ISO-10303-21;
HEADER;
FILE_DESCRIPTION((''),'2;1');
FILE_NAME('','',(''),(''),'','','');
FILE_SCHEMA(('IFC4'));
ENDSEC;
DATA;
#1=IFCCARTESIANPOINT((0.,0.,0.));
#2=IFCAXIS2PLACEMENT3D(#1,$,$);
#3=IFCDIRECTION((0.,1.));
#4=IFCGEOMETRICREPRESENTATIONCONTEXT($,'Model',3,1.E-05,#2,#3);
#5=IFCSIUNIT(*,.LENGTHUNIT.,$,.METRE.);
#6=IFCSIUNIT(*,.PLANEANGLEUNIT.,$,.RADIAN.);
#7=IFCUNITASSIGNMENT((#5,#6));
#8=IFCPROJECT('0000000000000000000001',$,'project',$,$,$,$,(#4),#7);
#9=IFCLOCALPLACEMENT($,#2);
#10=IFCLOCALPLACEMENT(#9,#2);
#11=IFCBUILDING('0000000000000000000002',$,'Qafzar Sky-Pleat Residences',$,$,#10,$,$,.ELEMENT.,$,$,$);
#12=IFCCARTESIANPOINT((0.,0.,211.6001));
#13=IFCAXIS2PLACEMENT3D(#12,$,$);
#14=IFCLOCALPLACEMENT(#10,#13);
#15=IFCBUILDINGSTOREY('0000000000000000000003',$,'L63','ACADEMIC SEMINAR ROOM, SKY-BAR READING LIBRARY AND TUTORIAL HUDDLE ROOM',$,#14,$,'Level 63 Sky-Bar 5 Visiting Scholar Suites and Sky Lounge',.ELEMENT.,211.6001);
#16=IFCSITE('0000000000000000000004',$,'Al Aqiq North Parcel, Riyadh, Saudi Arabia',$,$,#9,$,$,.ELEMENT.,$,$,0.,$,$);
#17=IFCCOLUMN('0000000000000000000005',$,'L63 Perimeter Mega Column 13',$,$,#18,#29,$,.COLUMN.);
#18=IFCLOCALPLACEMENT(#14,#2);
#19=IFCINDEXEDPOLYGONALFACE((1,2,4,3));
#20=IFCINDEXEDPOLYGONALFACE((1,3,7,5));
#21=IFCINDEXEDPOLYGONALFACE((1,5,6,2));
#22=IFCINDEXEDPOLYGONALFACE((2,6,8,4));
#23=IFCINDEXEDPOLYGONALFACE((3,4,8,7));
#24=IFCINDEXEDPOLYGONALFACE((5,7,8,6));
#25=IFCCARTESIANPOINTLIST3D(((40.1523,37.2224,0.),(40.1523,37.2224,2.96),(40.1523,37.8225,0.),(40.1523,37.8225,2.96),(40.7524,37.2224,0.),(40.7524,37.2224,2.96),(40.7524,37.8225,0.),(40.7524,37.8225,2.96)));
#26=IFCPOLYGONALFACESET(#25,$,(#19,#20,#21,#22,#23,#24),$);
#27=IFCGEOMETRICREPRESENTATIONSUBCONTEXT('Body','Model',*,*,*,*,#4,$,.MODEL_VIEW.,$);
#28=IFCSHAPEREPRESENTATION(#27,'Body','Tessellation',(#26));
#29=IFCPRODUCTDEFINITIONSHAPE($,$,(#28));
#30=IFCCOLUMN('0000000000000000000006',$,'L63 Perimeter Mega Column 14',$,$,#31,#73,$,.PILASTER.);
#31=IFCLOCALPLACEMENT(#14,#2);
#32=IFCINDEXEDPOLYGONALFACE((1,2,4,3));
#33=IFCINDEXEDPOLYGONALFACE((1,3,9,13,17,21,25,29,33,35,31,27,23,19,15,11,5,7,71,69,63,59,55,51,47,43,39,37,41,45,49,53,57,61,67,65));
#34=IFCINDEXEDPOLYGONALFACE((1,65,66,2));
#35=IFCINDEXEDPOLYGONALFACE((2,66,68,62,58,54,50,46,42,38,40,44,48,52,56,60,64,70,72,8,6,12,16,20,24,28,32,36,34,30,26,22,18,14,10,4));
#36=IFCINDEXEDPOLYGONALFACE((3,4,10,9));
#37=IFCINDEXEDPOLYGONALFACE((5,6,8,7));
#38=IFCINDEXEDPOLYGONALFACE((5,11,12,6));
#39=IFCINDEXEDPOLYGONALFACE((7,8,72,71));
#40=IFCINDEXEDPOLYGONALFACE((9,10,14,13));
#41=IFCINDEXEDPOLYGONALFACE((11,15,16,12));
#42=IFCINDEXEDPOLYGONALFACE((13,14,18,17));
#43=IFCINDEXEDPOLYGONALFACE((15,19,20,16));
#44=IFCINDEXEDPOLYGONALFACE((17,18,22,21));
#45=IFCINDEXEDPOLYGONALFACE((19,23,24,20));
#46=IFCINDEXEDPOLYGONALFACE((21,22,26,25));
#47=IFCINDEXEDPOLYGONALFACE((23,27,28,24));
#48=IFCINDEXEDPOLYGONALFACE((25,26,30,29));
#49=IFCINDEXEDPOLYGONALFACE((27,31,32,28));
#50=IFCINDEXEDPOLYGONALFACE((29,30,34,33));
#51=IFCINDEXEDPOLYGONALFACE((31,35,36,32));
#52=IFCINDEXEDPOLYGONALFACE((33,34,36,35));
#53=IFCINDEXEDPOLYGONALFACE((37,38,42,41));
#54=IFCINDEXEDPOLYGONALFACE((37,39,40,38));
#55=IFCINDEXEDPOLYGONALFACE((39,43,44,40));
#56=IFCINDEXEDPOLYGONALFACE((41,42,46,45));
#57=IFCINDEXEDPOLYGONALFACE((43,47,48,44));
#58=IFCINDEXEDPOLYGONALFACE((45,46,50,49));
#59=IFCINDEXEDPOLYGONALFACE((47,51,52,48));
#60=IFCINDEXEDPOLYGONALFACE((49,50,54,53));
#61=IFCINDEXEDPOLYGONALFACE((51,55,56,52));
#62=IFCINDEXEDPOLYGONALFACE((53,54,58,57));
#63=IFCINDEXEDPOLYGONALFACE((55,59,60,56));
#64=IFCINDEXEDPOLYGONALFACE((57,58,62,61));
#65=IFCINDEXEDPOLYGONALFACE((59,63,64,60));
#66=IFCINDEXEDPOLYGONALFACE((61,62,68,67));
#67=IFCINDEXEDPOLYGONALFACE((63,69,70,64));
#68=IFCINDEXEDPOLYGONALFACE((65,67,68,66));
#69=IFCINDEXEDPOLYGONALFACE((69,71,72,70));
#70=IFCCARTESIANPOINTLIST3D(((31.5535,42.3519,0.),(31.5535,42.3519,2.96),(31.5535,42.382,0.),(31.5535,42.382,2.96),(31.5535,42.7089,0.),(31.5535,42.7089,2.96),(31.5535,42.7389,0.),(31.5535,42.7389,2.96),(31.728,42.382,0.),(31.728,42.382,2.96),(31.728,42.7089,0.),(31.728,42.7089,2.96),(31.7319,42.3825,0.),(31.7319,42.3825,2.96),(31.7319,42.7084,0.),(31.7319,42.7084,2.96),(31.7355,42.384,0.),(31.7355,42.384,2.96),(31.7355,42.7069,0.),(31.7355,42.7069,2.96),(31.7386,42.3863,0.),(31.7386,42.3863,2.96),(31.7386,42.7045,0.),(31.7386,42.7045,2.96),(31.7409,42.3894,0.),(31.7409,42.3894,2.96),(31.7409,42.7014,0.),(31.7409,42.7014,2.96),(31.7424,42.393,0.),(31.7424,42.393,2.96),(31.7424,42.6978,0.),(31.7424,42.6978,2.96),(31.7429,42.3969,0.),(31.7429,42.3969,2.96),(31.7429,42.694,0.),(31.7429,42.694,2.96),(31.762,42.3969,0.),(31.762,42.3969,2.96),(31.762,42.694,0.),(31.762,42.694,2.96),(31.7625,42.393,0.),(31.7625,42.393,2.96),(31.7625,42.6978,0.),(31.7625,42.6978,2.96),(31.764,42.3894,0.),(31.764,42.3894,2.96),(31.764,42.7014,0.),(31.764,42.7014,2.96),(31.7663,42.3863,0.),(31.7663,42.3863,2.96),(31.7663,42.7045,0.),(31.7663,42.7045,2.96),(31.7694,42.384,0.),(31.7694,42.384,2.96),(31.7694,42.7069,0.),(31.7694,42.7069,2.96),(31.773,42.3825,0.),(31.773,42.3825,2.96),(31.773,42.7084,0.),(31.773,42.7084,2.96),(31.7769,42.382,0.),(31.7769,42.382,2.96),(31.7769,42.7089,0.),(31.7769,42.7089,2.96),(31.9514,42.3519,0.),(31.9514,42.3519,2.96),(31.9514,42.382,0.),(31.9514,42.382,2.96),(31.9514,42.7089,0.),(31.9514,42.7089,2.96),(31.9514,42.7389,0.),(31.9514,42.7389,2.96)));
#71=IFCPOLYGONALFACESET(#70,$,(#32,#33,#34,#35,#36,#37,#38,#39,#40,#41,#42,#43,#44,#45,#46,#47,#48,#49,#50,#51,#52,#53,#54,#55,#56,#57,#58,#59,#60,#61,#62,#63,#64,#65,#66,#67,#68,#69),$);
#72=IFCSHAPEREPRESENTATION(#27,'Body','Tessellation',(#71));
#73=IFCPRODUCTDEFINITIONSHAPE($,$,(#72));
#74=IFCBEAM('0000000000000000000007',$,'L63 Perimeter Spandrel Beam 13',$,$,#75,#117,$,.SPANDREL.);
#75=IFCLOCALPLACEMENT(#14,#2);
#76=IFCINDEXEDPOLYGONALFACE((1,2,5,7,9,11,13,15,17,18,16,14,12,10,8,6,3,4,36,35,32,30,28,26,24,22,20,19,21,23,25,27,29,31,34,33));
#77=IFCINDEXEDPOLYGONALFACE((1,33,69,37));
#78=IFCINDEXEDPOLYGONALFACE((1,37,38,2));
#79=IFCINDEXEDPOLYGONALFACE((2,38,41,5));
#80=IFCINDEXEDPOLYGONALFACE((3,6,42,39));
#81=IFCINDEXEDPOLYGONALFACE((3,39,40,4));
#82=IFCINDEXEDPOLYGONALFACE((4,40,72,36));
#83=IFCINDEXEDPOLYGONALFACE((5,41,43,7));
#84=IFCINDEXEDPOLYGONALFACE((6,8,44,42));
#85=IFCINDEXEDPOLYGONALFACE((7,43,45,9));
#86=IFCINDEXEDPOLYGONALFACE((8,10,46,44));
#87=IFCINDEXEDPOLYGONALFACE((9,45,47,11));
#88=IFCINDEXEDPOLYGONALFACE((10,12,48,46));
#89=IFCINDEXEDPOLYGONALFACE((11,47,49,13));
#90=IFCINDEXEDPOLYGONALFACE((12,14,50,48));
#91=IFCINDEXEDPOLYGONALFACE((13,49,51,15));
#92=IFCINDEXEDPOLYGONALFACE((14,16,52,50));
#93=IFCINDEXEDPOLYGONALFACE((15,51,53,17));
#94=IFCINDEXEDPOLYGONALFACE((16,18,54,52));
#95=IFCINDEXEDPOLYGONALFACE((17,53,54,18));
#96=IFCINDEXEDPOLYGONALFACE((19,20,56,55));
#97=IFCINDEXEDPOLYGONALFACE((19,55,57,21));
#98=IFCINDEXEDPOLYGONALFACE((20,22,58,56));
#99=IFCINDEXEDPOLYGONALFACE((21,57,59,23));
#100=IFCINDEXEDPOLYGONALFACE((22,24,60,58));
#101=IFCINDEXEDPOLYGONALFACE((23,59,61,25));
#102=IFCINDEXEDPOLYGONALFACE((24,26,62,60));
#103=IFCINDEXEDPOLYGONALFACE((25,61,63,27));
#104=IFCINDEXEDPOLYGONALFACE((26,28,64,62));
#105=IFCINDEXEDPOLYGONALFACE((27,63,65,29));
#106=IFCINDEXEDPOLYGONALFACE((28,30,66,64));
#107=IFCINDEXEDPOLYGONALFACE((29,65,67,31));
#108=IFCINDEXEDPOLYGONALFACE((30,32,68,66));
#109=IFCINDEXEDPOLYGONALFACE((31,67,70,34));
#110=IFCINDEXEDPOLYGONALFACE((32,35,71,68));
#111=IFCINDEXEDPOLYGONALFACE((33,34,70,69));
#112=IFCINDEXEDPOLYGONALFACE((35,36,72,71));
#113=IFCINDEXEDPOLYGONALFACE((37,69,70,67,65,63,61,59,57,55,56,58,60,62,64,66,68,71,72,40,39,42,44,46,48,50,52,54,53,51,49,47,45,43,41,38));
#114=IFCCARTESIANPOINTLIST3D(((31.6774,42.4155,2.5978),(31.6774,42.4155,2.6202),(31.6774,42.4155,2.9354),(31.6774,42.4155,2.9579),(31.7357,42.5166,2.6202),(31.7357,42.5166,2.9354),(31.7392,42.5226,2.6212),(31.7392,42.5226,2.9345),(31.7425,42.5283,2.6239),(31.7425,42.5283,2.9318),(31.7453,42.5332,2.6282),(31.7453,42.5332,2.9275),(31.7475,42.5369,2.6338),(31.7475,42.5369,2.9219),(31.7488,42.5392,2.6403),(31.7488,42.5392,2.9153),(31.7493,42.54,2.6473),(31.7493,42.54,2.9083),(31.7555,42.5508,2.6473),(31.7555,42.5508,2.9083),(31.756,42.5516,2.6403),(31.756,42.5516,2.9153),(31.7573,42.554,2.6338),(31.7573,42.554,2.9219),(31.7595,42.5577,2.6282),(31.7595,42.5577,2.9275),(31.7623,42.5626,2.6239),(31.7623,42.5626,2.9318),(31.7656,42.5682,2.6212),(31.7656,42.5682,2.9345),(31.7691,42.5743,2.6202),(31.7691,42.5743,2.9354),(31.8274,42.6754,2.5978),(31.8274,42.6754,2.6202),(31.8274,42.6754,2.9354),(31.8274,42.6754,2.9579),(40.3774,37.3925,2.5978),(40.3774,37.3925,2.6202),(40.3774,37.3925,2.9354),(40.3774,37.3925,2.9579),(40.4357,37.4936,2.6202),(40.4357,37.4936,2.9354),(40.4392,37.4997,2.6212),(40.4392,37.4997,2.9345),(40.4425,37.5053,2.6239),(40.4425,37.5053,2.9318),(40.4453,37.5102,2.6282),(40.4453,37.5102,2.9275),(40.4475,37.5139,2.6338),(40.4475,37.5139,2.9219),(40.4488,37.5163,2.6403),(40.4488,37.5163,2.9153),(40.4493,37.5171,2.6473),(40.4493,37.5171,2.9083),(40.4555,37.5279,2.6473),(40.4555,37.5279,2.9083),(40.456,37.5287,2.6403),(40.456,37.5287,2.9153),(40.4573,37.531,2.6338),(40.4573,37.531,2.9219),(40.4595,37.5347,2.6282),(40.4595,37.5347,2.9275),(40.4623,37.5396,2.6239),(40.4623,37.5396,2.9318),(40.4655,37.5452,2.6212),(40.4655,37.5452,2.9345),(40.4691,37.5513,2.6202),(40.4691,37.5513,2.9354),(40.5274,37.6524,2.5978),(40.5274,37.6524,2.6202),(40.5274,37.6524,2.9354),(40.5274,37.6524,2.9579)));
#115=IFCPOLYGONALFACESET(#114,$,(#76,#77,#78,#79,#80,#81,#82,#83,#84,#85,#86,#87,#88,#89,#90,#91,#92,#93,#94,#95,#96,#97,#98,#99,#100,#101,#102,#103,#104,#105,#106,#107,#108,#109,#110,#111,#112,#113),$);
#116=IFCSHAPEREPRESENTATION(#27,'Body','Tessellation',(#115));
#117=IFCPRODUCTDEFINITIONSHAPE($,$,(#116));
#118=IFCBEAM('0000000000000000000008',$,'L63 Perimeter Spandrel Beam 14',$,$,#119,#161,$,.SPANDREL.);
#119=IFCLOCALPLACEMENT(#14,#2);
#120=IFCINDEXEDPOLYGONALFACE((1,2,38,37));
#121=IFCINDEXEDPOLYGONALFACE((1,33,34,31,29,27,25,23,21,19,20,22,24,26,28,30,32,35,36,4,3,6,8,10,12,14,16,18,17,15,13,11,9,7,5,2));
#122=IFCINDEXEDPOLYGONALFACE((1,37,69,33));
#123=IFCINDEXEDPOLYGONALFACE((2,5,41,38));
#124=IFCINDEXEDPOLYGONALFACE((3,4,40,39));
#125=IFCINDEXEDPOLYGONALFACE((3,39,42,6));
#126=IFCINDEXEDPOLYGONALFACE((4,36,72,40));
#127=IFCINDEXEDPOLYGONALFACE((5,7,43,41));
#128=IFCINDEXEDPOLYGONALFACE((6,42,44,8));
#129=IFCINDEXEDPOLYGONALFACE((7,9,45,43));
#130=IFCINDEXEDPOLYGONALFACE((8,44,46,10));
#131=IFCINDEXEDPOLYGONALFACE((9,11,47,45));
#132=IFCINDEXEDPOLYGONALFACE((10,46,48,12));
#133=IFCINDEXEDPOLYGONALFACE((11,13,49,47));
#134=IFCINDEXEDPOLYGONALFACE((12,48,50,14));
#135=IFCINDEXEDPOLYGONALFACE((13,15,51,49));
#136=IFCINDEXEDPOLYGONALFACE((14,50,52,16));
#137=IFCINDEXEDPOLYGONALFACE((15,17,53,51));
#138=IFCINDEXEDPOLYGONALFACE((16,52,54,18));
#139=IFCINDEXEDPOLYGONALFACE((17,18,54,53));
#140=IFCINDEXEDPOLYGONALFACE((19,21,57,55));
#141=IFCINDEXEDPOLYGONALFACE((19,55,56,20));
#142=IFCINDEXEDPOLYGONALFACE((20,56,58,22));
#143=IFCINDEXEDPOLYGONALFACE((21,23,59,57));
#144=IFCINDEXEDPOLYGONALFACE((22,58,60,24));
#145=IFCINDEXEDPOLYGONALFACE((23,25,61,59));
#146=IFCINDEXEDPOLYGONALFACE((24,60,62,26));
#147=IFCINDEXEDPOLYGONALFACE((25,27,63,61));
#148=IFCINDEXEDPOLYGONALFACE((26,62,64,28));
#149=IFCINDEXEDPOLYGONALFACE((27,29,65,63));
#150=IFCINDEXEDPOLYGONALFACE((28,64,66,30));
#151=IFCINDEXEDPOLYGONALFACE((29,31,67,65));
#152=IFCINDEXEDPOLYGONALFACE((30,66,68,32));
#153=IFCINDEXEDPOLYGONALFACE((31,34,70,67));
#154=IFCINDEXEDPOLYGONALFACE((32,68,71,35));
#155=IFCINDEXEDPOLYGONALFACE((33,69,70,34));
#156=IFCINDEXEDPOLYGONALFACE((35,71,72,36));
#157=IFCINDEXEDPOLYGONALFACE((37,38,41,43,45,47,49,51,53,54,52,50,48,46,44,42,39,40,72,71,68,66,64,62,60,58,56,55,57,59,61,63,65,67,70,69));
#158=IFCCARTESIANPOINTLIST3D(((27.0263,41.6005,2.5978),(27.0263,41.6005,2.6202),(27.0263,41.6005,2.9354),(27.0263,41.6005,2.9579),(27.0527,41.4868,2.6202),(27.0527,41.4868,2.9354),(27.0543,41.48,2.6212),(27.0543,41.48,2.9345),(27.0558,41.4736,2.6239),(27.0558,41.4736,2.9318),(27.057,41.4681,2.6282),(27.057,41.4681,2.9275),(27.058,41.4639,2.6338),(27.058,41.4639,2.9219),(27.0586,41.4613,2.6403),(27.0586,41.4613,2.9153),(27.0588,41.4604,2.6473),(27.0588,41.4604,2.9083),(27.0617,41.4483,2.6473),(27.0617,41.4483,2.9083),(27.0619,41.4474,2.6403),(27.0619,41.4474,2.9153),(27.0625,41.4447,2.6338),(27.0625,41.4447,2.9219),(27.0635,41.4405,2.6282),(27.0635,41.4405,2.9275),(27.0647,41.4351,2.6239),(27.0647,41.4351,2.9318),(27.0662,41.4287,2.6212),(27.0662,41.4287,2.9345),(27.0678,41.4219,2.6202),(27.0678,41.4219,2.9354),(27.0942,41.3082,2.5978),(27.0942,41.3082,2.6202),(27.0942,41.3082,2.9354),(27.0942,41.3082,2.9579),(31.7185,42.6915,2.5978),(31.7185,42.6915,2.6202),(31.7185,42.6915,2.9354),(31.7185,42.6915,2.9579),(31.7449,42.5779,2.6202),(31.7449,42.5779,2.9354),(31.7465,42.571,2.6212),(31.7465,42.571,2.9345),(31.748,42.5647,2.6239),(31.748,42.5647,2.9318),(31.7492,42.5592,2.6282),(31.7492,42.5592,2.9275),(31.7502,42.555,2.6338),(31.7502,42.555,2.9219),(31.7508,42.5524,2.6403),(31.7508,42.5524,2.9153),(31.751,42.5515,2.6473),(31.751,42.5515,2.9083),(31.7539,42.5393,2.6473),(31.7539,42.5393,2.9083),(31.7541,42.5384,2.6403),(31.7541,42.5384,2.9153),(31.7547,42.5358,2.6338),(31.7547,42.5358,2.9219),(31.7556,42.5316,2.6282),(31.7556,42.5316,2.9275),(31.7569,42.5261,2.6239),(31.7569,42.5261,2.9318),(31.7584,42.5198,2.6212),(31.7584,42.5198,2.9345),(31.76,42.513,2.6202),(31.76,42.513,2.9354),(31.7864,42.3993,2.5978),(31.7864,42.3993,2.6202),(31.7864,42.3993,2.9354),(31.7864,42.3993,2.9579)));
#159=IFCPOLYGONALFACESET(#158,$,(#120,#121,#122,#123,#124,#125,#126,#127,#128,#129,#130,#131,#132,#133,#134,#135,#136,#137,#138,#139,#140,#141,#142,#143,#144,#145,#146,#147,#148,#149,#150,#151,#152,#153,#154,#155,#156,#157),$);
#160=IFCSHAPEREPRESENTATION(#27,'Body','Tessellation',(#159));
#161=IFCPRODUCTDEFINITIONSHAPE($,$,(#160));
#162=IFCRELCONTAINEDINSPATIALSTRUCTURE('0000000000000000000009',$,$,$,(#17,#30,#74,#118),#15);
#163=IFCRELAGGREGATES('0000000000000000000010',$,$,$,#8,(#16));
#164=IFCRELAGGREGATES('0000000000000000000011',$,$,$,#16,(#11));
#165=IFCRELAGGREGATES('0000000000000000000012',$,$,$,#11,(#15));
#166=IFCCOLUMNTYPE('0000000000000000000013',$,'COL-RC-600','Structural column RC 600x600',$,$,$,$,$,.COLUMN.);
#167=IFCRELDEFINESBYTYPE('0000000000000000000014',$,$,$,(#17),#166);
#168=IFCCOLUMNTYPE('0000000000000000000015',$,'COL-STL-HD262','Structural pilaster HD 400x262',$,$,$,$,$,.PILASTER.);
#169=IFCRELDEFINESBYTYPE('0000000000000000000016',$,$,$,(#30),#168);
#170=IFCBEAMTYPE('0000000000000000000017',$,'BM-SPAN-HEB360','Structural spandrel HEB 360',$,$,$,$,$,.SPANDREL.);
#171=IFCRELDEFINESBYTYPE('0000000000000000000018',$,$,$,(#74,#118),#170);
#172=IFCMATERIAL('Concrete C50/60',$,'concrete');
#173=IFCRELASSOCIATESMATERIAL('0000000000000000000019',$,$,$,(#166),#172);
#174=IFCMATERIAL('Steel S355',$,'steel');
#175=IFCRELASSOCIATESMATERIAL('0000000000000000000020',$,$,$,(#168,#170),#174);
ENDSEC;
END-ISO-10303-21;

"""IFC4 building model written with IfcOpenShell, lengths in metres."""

from ifc_helpers import new_model, si_unit, direction, frame, origin, origin_2d, place, context, subcontext, project, spatial, rectangle, i_section, extrude, source, transform, mapped, material, material_profile, profile_set, type_object, element, save


model = new_model("IFC4")

# Units and contexts
model_context = context("Model", 3, precision=1e-05, world=origin(), true_north=direction((0.0, 1.0)))
body_context = subcontext(model_context, "Body", "Model", "MODEL_VIEW")
ifc_project = project(units=[si_unit("LENGTHUNIT", "METRE"), si_unit("PLANEANGLEUNIT", "RADIAN")], contexts=[model_context])

# Site, building, storey
site_placement = place(None, origin())
site = spatial("IfcSite", under=ifc_project, at=site_placement, Name="Al Aqiq North Parcel, Riyadh, Saudi Arabia", CompositionType="ELEMENT", RefElevation=0.0)
building_placement = place(site_placement, origin())
building = spatial("IfcBuilding", under=site, at=building_placement, Name="Qafzar Sky-Pleat Residences", CompositionType="ELEMENT")
storey_placement = place(building_placement, frame((0.0, 0.0, 211.6001)))
storey = spatial("IfcBuildingStorey", under=building, at=storey_placement, Name="L63", Description="ACADEMIC SEMINAR ROOM, SKY-BAR READING LIBRARY AND TUTORIAL HUDDLE ROOM", LongName="Level 63 Sky-Bar 5 Visiting Scholar Suites and Sky Lounge", CompositionType="ELEMENT", Elevation=211.6001)

# Columns
ifc_material_1 = material(Name="Concrete C50/60", Category="concrete")
ifc_material_profile_1 = material_profile(ifc_material_1, rectangle(XDim=0.6001, YDim=0.6001, at=origin_2d()), Name="RC 600x600")
ifc_profile_set_1 = profile_set([ifc_material_profile_1], Name="Concrete C50/60")
column_type_1 = type_object("IfcColumnType", Name="COL-RC-600", Description="Structural column RC 600x600", PredefinedType="COLUMN", material=ifc_profile_set_1)
shared_shape_1 = source(origin(), body_context, "Body", "SweptSolid", [
    extrude(rectangle(XDim=0.6001, YDim=0.6001, at=origin_2d()), origin(), (0.0, 0.0, 1.0), 2.96),
])
column_1_placement = place(storey_placement, frame((40.4524, 37.5225, 0.0), z_axis=(0.0, 0.0, 1.0), x_axis=(1.0, 0.0, 0.0)))
element("IfcColumn", 1, at=column_1_placement, inside=storey, type_object=column_type_1, Name="L63 Perimeter Mega Column 13", PredefinedType="COLUMN", context=body_context, shape_type="MappedRepresentation", body=[
    mapped(shared_shape_1, transform((0.0, 0.0, 0.0), x_axis=(1.0, 0.0, 0.0), y_axis=(0.0, 1.0, 0.0), z_axis=(0.0, 0.0, 1.0), scale=1.0)),
])
ifc_material_2 = material(Name="Steel S355", Category="steel")
ifc_material_profile_2 = material_profile(ifc_material_2, i_section(OverallWidth=0.3979, OverallDepth=0.387, WebThickness=0.019, FlangeThickness=0.03, FilletRadius=0.0149, at=origin_2d()), Name="HD 400x262")
ifc_profile_set_2 = profile_set([ifc_material_profile_2], Name="Steel S355")
column_type_2 = type_object("IfcColumnType", Name="COL-STL-HD262", Description="Structural pilaster HD 400x262", PredefinedType="PILASTER", material=ifc_profile_set_2)
shared_shape_2 = source(origin(), body_context, "Body", "SweptSolid", [
    extrude(i_section(OverallWidth=0.3979, OverallDepth=0.387, WebThickness=0.019, FlangeThickness=0.03, FilletRadius=0.0149, at=origin_2d()), origin(), (0.0, 0.0, 1.0), 2.96),
])
column_2_placement = place(storey_placement, frame((31.7524, 42.5454, 0.0), z_axis=(0.0, 0.0, 1.0), x_axis=(1.0, 0.0, 0.0)))
element("IfcColumn", 2, at=column_2_placement, inside=storey, type_object=column_type_2, Name="L63 Perimeter Mega Column 14", PredefinedType="PILASTER", context=body_context, shape_type="MappedRepresentation", body=[
    mapped(shared_shape_2, transform((0.0, 0.0, 0.0), x_axis=(1.0, 0.0, 0.0), y_axis=(0.0, 1.0, 0.0), z_axis=(0.0, 0.0, 1.0), scale=1.0)),
])

# Beams
ifc_material_profile_3 = material_profile(ifc_material_2, i_section(OverallWidth=0.3, OverallDepth=0.3601, WebThickness=0.0125, FlangeThickness=0.0225, FilletRadius=0.0271, at=origin_2d()), Name="HEB 360")
ifc_profile_set_3 = profile_set([ifc_material_profile_3], Name="Steel S355")
beam_type_1 = type_object("IfcBeamType", Name="BM-SPAN-HEB360", Description="Structural spandrel HEB 360", PredefinedType="SPANDREL", material=ifc_profile_set_3)
shared_shape_3 = source(origin(), body_context, "Body", "SweptSolid", [
    extrude(i_section(OverallWidth=0.3, OverallDepth=0.3601, WebThickness=0.0125, FlangeThickness=0.0225, FilletRadius=0.0271, at=origin_2d()), origin(), (0.0, 0.0, 1.0), 10.0459),
])
beam_1_placement = place(storey_placement, frame((40.4524, 37.5225, 2.7778), z_axis=(-0.866024, 0.500002, 0.0), x_axis=(-0.500002, -0.866024, 0.0)))
element("IfcBeam", 3, at=beam_1_placement, inside=storey, type_object=beam_type_1, Name="L63 Perimeter Spandrel Beam 13", PredefinedType="SPANDREL", context=body_context, shape_type="MappedRepresentation", body=[
    mapped(shared_shape_3, transform((0.0, 0.0, 0.0), x_axis=(1.0, 0.0, 0.0), y_axis=(0.0, 1.0, 0.0), z_axis=(0.0, 0.0, 1.0), scale=1.0)),
])
shared_shape_4 = source(origin(), body_context, "Body", "SweptSolid", [
    extrude(i_section(OverallWidth=0.3, OverallDepth=0.3601, WebThickness=0.0125, FlangeThickness=0.0225, FilletRadius=0.0271, at=origin_2d()), origin(), (0.0, 0.0, 1.0), 4.8174),
])
beam_2_placement = place(storey_placement, frame((31.7524, 42.5454, 2.7778), z_axis=(-0.974014, -0.226488, 0.0), x_axis=(0.226488, -0.974014, 0.0)))
element("IfcBeam", 4, at=beam_2_placement, inside=storey, type_object=beam_type_1, Name="L63 Perimeter Spandrel Beam 14", PredefinedType="SPANDREL", context=body_context, shape_type="MappedRepresentation", body=[
    mapped(shared_shape_4, transform((0.0, 0.0, 0.0), x_axis=(1.0, 0.0, 0.0), y_axis=(0.0, 1.0, 0.0), z_axis=(0.0, 0.0, 1.0), scale=1.0)),
])

save(model, "model.ifc")
